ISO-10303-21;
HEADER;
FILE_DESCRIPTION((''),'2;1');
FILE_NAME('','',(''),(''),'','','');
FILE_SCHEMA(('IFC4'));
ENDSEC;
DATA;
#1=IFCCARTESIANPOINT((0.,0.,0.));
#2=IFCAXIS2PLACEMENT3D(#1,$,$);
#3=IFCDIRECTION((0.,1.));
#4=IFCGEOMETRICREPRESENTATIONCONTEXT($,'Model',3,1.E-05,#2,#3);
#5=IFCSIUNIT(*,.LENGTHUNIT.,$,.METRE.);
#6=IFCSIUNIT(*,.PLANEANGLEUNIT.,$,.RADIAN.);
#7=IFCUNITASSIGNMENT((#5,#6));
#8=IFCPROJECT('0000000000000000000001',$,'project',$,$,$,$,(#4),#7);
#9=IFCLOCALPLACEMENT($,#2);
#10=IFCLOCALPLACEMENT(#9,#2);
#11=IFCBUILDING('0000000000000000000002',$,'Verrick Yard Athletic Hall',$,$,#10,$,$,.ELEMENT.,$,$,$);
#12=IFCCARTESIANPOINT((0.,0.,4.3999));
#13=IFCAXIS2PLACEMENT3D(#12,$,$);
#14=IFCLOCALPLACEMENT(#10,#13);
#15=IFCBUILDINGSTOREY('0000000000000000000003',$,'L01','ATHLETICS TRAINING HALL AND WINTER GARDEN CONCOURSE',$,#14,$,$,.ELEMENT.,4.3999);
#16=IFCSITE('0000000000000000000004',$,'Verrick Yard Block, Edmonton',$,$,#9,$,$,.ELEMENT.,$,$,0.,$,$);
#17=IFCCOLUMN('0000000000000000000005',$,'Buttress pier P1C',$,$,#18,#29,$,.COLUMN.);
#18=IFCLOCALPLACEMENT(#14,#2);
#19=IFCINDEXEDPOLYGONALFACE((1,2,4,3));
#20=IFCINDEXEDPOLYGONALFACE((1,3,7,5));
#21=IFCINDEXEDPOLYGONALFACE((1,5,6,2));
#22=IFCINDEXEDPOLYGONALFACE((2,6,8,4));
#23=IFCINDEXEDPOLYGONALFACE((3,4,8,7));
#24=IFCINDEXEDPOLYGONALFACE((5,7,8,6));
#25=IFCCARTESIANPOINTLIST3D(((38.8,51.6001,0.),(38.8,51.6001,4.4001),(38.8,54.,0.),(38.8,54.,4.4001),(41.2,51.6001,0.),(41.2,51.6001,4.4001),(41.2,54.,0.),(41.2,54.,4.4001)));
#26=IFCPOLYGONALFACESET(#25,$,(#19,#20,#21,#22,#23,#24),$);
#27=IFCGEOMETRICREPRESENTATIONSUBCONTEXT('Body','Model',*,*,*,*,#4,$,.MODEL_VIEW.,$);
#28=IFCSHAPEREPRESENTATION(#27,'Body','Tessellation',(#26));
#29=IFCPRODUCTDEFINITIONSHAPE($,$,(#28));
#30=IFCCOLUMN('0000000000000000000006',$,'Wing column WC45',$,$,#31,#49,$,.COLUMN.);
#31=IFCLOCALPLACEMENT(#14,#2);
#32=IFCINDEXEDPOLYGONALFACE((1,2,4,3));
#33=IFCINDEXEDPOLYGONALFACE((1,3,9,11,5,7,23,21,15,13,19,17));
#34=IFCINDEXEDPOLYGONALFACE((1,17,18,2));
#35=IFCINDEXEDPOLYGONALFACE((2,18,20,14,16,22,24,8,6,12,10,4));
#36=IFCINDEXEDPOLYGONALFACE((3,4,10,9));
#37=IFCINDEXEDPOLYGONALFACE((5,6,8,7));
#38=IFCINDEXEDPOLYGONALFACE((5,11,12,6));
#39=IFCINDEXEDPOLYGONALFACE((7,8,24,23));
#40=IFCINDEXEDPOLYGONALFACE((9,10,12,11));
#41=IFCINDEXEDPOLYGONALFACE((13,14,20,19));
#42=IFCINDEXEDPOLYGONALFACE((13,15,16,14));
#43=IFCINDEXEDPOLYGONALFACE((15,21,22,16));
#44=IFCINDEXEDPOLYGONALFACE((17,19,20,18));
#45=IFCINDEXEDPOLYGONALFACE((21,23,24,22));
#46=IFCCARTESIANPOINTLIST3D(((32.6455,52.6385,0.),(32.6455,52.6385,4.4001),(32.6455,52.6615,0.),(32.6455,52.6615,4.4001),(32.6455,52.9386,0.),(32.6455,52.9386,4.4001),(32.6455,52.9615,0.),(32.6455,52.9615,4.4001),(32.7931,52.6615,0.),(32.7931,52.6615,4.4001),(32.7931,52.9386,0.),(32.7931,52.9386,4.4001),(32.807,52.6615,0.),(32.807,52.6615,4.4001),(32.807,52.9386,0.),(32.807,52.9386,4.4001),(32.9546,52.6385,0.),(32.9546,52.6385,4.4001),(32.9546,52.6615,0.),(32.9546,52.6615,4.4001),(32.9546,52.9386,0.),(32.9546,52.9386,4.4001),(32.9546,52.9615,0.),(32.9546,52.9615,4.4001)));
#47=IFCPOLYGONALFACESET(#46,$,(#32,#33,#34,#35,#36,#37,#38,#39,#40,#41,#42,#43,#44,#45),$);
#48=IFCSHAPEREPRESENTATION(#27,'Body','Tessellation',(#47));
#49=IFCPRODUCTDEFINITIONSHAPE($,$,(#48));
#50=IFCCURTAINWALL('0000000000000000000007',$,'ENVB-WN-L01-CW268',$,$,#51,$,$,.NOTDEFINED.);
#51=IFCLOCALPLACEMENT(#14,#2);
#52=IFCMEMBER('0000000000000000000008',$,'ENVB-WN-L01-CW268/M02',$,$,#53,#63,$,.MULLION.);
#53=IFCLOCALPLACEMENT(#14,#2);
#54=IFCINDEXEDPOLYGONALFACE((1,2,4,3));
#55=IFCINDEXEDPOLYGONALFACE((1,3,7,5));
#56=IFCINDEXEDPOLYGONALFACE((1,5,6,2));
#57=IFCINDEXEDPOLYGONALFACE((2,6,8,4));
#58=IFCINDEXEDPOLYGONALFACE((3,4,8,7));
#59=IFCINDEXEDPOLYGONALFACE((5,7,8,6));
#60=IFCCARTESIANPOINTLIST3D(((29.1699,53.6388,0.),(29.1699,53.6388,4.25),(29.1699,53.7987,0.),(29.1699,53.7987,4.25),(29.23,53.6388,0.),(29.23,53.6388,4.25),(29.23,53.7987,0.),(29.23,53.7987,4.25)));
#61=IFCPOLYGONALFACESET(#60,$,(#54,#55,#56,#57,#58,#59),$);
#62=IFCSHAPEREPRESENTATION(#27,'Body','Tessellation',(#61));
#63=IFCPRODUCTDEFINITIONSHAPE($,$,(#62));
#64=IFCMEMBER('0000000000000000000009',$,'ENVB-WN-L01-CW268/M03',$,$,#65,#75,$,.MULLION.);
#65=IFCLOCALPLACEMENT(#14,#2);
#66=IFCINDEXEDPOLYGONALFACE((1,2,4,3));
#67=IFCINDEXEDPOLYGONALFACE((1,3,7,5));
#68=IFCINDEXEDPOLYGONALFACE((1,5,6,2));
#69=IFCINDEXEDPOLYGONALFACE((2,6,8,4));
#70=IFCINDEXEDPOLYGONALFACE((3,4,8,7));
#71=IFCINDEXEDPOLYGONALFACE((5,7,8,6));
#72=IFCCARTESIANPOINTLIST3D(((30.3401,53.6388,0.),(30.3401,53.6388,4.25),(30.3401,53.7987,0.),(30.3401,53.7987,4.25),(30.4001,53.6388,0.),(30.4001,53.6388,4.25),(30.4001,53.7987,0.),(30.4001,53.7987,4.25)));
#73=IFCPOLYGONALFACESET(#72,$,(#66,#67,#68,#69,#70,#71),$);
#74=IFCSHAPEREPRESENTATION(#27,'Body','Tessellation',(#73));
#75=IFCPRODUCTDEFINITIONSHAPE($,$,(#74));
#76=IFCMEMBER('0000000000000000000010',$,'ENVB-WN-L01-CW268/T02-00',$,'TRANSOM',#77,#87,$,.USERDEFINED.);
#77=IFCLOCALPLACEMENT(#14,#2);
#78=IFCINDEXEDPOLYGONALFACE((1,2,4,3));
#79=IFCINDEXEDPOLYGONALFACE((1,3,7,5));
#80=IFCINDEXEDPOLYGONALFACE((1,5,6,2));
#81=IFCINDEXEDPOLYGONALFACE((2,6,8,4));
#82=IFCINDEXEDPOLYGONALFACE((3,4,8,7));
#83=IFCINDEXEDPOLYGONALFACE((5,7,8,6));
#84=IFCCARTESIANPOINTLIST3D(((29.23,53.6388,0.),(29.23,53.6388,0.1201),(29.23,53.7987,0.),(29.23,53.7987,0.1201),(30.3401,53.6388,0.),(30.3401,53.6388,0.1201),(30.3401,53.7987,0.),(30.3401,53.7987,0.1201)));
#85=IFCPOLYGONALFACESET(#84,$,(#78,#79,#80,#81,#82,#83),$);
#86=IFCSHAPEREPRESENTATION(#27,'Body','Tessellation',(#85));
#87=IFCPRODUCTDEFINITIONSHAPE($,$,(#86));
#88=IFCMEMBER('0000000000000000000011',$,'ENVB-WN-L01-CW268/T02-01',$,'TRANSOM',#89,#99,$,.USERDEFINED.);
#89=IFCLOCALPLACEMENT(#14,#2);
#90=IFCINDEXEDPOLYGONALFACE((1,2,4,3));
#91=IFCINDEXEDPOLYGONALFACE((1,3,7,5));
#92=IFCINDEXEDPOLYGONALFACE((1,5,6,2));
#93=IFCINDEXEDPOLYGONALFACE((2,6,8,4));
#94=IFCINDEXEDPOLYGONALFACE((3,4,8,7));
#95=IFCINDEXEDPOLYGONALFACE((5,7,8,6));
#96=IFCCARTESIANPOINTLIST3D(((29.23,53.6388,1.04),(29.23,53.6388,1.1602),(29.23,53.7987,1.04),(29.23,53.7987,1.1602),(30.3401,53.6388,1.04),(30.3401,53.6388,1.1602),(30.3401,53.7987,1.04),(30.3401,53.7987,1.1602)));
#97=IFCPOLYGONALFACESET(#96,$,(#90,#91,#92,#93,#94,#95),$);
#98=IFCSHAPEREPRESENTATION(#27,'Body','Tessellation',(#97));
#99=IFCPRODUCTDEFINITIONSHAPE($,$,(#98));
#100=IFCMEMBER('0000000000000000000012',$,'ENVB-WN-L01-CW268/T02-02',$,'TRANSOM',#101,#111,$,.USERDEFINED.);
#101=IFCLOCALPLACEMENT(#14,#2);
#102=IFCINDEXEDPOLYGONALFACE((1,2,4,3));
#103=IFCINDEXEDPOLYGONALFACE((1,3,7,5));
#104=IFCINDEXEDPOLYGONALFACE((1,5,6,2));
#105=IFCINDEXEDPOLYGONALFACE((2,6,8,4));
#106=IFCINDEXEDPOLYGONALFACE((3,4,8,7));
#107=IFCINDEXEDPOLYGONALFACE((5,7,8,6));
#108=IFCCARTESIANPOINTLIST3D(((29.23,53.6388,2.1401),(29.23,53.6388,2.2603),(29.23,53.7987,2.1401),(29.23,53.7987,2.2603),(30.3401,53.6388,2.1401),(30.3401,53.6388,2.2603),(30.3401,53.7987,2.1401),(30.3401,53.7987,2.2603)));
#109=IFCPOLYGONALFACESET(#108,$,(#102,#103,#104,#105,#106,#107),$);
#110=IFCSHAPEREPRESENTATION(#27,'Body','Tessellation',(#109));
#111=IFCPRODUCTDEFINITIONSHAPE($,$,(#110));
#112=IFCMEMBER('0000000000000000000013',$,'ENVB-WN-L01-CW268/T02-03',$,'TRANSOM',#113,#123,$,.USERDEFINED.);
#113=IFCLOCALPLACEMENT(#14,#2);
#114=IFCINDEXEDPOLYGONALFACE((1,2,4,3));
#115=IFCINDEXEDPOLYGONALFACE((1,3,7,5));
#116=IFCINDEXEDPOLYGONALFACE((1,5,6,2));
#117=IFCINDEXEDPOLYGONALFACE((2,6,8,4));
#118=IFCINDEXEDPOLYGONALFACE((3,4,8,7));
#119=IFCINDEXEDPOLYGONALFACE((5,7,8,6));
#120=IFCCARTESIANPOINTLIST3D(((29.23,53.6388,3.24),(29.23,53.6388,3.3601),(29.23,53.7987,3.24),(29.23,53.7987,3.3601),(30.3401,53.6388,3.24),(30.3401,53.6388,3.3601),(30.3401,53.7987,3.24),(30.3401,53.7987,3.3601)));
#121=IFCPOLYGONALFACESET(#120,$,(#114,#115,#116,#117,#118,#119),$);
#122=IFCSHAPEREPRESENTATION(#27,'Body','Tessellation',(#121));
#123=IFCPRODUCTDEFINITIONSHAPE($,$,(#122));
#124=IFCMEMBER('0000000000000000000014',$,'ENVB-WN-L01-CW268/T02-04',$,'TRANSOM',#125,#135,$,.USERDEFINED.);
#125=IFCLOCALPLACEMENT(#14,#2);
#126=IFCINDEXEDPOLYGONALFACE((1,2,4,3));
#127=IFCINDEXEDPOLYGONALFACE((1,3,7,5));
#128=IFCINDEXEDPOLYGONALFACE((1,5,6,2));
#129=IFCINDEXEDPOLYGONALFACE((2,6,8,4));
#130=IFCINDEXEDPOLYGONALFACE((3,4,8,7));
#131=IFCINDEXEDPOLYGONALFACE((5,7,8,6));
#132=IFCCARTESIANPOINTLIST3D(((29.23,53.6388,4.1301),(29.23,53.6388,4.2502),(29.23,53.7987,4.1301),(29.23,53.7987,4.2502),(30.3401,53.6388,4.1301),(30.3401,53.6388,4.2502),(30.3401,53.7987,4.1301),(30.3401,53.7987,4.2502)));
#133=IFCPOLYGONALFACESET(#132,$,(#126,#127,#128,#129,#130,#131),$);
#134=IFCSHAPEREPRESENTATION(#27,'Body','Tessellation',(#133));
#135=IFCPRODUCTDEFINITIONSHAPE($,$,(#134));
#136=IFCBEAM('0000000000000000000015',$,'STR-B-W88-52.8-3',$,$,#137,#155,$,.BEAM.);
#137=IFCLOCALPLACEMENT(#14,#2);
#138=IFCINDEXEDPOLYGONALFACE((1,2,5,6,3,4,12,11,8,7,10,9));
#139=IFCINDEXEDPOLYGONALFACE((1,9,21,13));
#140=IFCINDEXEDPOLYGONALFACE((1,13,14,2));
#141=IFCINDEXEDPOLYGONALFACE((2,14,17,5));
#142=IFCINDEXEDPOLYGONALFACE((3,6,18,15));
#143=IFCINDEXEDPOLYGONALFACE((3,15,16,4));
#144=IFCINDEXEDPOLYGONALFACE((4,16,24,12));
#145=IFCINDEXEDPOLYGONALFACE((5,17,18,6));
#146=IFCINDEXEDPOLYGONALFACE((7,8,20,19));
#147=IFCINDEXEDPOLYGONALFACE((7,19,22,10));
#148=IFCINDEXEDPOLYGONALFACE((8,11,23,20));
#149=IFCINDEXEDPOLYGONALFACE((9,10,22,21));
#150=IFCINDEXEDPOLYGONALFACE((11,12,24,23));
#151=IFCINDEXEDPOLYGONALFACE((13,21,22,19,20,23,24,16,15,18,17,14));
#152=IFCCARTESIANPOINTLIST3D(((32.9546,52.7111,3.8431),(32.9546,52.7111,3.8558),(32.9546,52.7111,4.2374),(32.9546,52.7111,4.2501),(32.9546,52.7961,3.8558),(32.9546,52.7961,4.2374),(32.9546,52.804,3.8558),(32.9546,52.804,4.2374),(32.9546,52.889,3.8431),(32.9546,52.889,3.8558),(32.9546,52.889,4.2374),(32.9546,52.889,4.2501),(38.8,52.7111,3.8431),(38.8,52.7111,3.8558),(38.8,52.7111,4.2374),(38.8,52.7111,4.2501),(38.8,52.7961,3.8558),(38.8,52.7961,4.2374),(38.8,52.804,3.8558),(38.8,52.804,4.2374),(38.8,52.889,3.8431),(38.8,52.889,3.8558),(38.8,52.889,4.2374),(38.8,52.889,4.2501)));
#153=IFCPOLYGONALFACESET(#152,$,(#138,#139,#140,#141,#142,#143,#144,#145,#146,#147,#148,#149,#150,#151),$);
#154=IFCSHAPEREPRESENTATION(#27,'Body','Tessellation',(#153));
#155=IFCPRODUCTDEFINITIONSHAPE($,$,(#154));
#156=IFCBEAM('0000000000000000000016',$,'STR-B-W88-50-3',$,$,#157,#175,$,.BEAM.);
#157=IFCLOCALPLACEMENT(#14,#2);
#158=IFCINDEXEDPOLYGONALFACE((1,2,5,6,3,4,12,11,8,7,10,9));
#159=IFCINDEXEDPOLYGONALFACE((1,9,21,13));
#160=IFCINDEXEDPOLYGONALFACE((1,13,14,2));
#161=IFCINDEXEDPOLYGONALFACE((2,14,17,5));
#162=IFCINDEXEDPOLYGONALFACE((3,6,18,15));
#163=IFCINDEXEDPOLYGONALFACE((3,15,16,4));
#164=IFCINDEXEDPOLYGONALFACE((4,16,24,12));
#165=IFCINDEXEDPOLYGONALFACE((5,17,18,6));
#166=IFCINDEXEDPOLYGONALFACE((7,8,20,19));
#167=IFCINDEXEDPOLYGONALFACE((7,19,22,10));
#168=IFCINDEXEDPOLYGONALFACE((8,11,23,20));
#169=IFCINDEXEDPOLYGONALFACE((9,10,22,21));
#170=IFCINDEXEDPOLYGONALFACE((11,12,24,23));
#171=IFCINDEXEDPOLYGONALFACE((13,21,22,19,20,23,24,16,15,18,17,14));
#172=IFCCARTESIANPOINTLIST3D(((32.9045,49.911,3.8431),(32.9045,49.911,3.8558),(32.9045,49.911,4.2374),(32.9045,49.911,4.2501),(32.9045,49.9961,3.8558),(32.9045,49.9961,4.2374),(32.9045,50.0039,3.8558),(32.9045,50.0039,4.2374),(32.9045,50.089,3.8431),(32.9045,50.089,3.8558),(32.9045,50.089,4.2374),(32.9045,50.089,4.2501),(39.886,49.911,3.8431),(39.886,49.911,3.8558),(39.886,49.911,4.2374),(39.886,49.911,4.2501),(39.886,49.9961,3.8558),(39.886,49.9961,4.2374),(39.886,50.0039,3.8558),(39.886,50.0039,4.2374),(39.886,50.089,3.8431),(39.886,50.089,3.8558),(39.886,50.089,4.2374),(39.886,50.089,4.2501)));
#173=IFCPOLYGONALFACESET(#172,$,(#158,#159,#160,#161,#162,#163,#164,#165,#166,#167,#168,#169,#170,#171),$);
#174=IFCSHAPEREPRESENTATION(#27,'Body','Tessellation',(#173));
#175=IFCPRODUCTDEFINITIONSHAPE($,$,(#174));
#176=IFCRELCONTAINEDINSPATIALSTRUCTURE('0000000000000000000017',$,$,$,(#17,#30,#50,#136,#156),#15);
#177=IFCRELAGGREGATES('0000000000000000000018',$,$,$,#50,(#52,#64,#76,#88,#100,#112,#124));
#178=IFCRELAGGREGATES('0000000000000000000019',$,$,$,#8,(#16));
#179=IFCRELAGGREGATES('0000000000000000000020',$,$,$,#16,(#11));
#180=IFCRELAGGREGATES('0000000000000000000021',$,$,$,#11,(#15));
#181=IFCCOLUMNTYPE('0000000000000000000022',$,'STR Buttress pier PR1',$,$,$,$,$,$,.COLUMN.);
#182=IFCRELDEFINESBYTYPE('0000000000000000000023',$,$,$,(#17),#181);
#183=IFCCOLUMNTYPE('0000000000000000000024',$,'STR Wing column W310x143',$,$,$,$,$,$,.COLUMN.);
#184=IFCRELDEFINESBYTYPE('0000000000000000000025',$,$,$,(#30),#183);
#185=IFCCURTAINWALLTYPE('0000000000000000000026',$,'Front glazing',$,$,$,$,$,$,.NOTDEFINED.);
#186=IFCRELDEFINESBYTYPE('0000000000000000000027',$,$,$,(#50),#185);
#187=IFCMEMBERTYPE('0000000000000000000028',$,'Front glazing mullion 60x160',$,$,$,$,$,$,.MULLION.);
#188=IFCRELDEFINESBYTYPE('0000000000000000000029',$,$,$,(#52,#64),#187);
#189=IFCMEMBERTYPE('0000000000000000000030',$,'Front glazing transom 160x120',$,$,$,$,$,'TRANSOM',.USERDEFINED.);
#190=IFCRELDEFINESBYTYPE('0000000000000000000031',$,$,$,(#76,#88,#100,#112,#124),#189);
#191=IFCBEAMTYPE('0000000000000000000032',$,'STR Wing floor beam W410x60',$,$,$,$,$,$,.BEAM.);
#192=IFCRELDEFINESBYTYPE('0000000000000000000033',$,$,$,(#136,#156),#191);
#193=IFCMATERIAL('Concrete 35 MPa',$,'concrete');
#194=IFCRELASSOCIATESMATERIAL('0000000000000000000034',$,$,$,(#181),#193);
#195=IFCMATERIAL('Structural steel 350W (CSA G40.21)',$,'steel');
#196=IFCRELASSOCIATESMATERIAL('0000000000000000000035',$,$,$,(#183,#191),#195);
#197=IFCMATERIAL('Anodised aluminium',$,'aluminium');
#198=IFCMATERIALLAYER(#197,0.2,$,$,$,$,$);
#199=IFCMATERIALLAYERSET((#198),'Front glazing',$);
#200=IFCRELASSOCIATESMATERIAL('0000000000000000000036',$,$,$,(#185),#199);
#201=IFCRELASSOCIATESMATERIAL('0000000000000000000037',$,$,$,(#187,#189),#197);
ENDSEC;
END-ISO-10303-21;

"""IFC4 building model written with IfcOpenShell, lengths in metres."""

from ifc_helpers import new_model, si_unit, direction, frame, origin, origin_2d, place, context, subcontext, project, spatial, rectangle, i_section, extrude, material, layer, layer_set, material_profile, profile_set, type_object, element, aggregate, save


model = new_model("IFC4")

# Units and contexts
model_context = context("Model", 3, precision=1e-05, world=origin(), true_north=direction((0.0, 1.0)))
body_context = subcontext(model_context, "Body", "Model", "MODEL_VIEW")
ifc_project = project(units=[si_unit("LENGTHUNIT", "METRE"), si_unit("PLANEANGLEUNIT", "RADIAN")], contexts=[model_context])

# Site, building, storey
site_placement = place(None, origin())
site = spatial("IfcSite", under=ifc_project, at=site_placement, Name="Verrick Yard Block, Edmonton", CompositionType="ELEMENT", RefElevation=0.0)
building_placement = place(site_placement, origin())
building = spatial("IfcBuilding", under=site, at=building_placement, Name="Verrick Yard Athletic Hall", CompositionType="ELEMENT")
storey_placement = place(building_placement, frame((0.0, 0.0, 4.3999)))
storey = spatial("IfcBuildingStorey", under=building, at=storey_placement, Name="L01", Description="ATHLETICS TRAINING HALL AND WINTER GARDEN CONCOURSE", CompositionType="ELEMENT", Elevation=4.3999)

# Columns
ifc_material_1 = material(Name="Concrete 35 MPa", Category="concrete")
ifc_material_profile_1 = material_profile(ifc_material_1, rectangle(XDim=2.3999, YDim=2.3999, at=origin_2d()), Name="STR Buttress pier PR1")
ifc_profile_set_1 = profile_set([ifc_material_profile_1], Name="Concrete 35 MPa")
column_type_1 = type_object("IfcColumnType", Name="STR Buttress pier PR1", PredefinedType="COLUMN", material=ifc_profile_set_1)
column_1_placement = place(storey_placement, frame((40.0, 52.8, 0.0), z_axis=(0.0, 0.0, 1.0), x_axis=(1.0, 0.0, 0.0)))
element("IfcColumn", 1, at=column_1_placement, inside=storey, type_object=column_type_1, Name="Buttress pier P1C", PredefinedType="COLUMN", context=body_context, shape_type="SweptSolid", body=[
    extrude(rectangle(XDim=2.3999, YDim=2.3999, at=origin_2d()), origin(), (0.0, 0.0, 1.0), 4.4001),
])
ifc_material_2 = material(Name="Structural steel 350W (CSA G40.21)", Category="steel")
ifc_material_profile_2 = material_profile(ifc_material_2, i_section(OverallWidth=0.3091, OverallDepth=0.323, WebThickness=0.0139, FlangeThickness=0.0229, at=origin_2d()), Name="W310x143")
ifc_profile_set_2 = profile_set([ifc_material_profile_2], Name="Structural steel 350W (CSA G40.21)")
column_type_2 = type_object("IfcColumnType", Name="STR Wing column W310x143", PredefinedType="COLUMN", material=ifc_profile_set_2)
column_2_placement = place(storey_placement, frame((32.8, 52.8, 0.0), z_axis=(0.0, 0.0, 1.0), x_axis=(1.0, 0.0, 0.0)))
element("IfcColumn", 2, at=column_2_placement, inside=storey, type_object=column_type_2, Name="Wing column WC45", PredefinedType="COLUMN", context=body_context, shape_type="SweptSolid", body=[
    extrude(i_section(OverallWidth=0.3091, OverallDepth=0.323, WebThickness=0.0139, FlangeThickness=0.0229, at=origin_2d()), origin(), (0.0, 0.0, 1.0), 4.4001),
])

# Curtain wall, members
ifc_material_3 = material(Name="Anodised aluminium", Category="aluminium")
ifc_layer_1 = layer(ifc_material_3, 0.2)
ifc_layer_set_1 = layer_set([ifc_layer_1], Name="Front glazing")
curtain_wall_type = type_object("IfcCurtainWallType", Name="Front glazing", PredefinedType="NOTDEFINED", material=ifc_layer_set_1)
curtain_wall_placement = place(storey_placement, origin())
curtain_wall = element("IfcCurtainWall", 3, at=curtain_wall_placement, inside=storey, type_object=curtain_wall_type, Name="ENVB-WN-L01-CW268", PredefinedType="NOTDEFINED")
ifc_material_profile_3 = material_profile(ifc_material_3, rectangle(XDim=0.1599, YDim=0.0601, at=origin_2d()), Name="CW mullion 60x160")
ifc_profile_set_3 = profile_set([ifc_material_profile_3], Name="Anodised aluminium")
member_type_1 = type_object("IfcMemberType", Name="Front glazing mullion 60x160", PredefinedType="MULLION", material=ifc_profile_set_3)
member_1_placement = place(storey_placement, frame((29.2, 53.7188, 0.0), z_axis=(0.0, 0.0, 1.0), x_axis=(0.0, 1.0, 0.0)))
member_1 = element("IfcMember", 4, at=member_1_placement, type_object=member_type_1, Name="ENVB-WN-L01-CW268/M02", PredefinedType="MULLION", context=body_context, shape_type="SweptSolid", body=[
    extrude(rectangle(XDim=0.1599, YDim=0.0601, at=origin_2d()), origin(), (0.0, 0.0, 1.0), 4.25),
])
member_2_placement = place(storey_placement, frame((30.3701, 53.7188, 0.0), z_axis=(0.0, 0.0, 1.0), x_axis=(0.0, 1.0, 0.0)))
member_2 = element("IfcMember", 5, at=member_2_placement, type_object=member_type_1, Name="ENVB-WN-L01-CW268/M03", PredefinedType="MULLION", context=body_context, shape_type="SweptSolid", body=[
    extrude(rectangle(XDim=0.1599, YDim=0.0601, at=origin_2d()), origin(), (0.0, 0.0, 1.0), 4.25),
])
ifc_material_profile_4 = material_profile(ifc_material_3, rectangle(XDim=0.1599, YDim=0.1201, at=origin_2d()), Name="CW transom 160x120")
ifc_profile_set_4 = profile_set([ifc_material_profile_4], Name="Anodised aluminium")
member_type_2 = type_object("IfcMemberType", Name="Front glazing transom 160x120", ElementType="TRANSOM", PredefinedType="USERDEFINED", material=ifc_profile_set_4)
member_3_placement = place(storey_placement, frame((29.23, 53.7188, 0.0601), z_axis=(1.0, 0.0, 0.0), x_axis=(0.0, 1.0, 0.0)))
member_3 = element("IfcMember", 6, at=member_3_placement, type_object=member_type_2, Name="ENVB-WN-L01-CW268/T02-00", ObjectType="TRANSOM", PredefinedType="USERDEFINED", context=body_context, shape_type="SweptSolid", body=[
    extrude(rectangle(XDim=0.1599, YDim=0.1201, at=origin_2d()), origin(), (0.0, 0.0, 1.0), 1.1101),
])
member_4_placement = place(storey_placement, frame((29.23, 53.7188, 1.1001), z_axis=(1.0, 0.0, 0.0), x_axis=(0.0, 1.0, 0.0)))
member_4 = element("IfcMember", 7, at=member_4_placement, type_object=member_type_2, Name="ENVB-WN-L01-CW268/T02-01", ObjectType="TRANSOM", PredefinedType="USERDEFINED", context=body_context, shape_type="SweptSolid", body=[
    extrude(rectangle(XDim=0.1599, YDim=0.1201, at=origin_2d()), origin(), (0.0, 0.0, 1.0), 1.1101),
])
member_5_placement = place(storey_placement, frame((29.23, 53.7188, 2.2002), z_axis=(1.0, 0.0, 0.0), x_axis=(0.0, 1.0, 0.0)))
member_5 = element("IfcMember", 8, at=member_5_placement, type_object=member_type_2, Name="ENVB-WN-L01-CW268/T02-02", ObjectType="TRANSOM", PredefinedType="USERDEFINED", context=body_context, shape_type="SweptSolid", body=[
    extrude(rectangle(XDim=0.1599, YDim=0.1201, at=origin_2d()), origin(), (0.0, 0.0, 1.0), 1.1101),
])
member_6_placement = place(storey_placement, frame((29.23, 53.7188, 3.3), z_axis=(1.0, 0.0, 0.0), x_axis=(0.0, 1.0, 0.0)))
member_6 = element("IfcMember", 9, at=member_6_placement, type_object=member_type_2, Name="ENVB-WN-L01-CW268/T02-03", ObjectType="TRANSOM", PredefinedType="USERDEFINED", context=body_context, shape_type="SweptSolid", body=[
    extrude(rectangle(XDim=0.1599, YDim=0.1201, at=origin_2d()), origin(), (0.0, 0.0, 1.0), 1.1101),
])
member_7_placement = place(storey_placement, frame((29.23, 53.7188, 4.1902), z_axis=(1.0, 0.0, 0.0), x_axis=(0.0, 1.0, 0.0)))
member_7 = element("IfcMember", 10, at=member_7_placement, type_object=member_type_2, Name="ENVB-WN-L01-CW268/T02-04", ObjectType="TRANSOM", PredefinedType="USERDEFINED", context=body_context, shape_type="SweptSolid", body=[
    extrude(rectangle(XDim=0.1599, YDim=0.1201, at=origin_2d()), origin(), (0.0, 0.0, 1.0), 1.1101),
])

# Beams
ifc_material_profile_5 = material_profile(ifc_material_2, i_section(OverallWidth=0.178, OverallDepth=0.407, WebThickness=0.0078, FlangeThickness=0.0127, at=origin_2d()), Name="W410x60")
ifc_profile_set_5 = profile_set([ifc_material_profile_5], Name="Structural steel 350W (CSA G40.21)")
beam_type = type_object("IfcBeamType", Name="STR Wing floor beam W410x60", PredefinedType="BEAM", material=ifc_profile_set_5)
beam_1_placement = place(storey_placement, frame((32.9546, 52.8, 4.0466), z_axis=(1.0, 0.0, 0.0), x_axis=(0.0, 1.0, 0.0)))
element("IfcBeam", 11, at=beam_1_placement, inside=storey, type_object=beam_type, Name="STR-B-W88-52.8-3", PredefinedType="BEAM", context=body_context, shape_type="SweptSolid", body=[
    extrude(i_section(OverallWidth=0.178, OverallDepth=0.407, WebThickness=0.0078, FlangeThickness=0.0127, at=origin_2d()), origin(), (0.0, 0.0, 1.0), 5.8455),
])
beam_2_placement = place(storey_placement, frame((32.9045, 50.0, 4.0466), z_axis=(1.0, 0.0, 0.0), x_axis=(0.0, 1.0, 0.0)))
element("IfcBeam", 12, at=beam_2_placement, inside=storey, type_object=beam_type, Name="STR-B-W88-50-3", PredefinedType="BEAM", context=body_context, shape_type="SweptSolid", body=[
    extrude(i_section(OverallWidth=0.178, OverallDepth=0.407, WebThickness=0.0078, FlangeThickness=0.0127, at=origin_2d()), origin(), (0.0, 0.0, 1.0), 6.9814),
])

aggregate(curtain_wall, [member_1, member_2, member_3, member_4, member_5, member_6, member_7])

save(model, "model.ifc")
